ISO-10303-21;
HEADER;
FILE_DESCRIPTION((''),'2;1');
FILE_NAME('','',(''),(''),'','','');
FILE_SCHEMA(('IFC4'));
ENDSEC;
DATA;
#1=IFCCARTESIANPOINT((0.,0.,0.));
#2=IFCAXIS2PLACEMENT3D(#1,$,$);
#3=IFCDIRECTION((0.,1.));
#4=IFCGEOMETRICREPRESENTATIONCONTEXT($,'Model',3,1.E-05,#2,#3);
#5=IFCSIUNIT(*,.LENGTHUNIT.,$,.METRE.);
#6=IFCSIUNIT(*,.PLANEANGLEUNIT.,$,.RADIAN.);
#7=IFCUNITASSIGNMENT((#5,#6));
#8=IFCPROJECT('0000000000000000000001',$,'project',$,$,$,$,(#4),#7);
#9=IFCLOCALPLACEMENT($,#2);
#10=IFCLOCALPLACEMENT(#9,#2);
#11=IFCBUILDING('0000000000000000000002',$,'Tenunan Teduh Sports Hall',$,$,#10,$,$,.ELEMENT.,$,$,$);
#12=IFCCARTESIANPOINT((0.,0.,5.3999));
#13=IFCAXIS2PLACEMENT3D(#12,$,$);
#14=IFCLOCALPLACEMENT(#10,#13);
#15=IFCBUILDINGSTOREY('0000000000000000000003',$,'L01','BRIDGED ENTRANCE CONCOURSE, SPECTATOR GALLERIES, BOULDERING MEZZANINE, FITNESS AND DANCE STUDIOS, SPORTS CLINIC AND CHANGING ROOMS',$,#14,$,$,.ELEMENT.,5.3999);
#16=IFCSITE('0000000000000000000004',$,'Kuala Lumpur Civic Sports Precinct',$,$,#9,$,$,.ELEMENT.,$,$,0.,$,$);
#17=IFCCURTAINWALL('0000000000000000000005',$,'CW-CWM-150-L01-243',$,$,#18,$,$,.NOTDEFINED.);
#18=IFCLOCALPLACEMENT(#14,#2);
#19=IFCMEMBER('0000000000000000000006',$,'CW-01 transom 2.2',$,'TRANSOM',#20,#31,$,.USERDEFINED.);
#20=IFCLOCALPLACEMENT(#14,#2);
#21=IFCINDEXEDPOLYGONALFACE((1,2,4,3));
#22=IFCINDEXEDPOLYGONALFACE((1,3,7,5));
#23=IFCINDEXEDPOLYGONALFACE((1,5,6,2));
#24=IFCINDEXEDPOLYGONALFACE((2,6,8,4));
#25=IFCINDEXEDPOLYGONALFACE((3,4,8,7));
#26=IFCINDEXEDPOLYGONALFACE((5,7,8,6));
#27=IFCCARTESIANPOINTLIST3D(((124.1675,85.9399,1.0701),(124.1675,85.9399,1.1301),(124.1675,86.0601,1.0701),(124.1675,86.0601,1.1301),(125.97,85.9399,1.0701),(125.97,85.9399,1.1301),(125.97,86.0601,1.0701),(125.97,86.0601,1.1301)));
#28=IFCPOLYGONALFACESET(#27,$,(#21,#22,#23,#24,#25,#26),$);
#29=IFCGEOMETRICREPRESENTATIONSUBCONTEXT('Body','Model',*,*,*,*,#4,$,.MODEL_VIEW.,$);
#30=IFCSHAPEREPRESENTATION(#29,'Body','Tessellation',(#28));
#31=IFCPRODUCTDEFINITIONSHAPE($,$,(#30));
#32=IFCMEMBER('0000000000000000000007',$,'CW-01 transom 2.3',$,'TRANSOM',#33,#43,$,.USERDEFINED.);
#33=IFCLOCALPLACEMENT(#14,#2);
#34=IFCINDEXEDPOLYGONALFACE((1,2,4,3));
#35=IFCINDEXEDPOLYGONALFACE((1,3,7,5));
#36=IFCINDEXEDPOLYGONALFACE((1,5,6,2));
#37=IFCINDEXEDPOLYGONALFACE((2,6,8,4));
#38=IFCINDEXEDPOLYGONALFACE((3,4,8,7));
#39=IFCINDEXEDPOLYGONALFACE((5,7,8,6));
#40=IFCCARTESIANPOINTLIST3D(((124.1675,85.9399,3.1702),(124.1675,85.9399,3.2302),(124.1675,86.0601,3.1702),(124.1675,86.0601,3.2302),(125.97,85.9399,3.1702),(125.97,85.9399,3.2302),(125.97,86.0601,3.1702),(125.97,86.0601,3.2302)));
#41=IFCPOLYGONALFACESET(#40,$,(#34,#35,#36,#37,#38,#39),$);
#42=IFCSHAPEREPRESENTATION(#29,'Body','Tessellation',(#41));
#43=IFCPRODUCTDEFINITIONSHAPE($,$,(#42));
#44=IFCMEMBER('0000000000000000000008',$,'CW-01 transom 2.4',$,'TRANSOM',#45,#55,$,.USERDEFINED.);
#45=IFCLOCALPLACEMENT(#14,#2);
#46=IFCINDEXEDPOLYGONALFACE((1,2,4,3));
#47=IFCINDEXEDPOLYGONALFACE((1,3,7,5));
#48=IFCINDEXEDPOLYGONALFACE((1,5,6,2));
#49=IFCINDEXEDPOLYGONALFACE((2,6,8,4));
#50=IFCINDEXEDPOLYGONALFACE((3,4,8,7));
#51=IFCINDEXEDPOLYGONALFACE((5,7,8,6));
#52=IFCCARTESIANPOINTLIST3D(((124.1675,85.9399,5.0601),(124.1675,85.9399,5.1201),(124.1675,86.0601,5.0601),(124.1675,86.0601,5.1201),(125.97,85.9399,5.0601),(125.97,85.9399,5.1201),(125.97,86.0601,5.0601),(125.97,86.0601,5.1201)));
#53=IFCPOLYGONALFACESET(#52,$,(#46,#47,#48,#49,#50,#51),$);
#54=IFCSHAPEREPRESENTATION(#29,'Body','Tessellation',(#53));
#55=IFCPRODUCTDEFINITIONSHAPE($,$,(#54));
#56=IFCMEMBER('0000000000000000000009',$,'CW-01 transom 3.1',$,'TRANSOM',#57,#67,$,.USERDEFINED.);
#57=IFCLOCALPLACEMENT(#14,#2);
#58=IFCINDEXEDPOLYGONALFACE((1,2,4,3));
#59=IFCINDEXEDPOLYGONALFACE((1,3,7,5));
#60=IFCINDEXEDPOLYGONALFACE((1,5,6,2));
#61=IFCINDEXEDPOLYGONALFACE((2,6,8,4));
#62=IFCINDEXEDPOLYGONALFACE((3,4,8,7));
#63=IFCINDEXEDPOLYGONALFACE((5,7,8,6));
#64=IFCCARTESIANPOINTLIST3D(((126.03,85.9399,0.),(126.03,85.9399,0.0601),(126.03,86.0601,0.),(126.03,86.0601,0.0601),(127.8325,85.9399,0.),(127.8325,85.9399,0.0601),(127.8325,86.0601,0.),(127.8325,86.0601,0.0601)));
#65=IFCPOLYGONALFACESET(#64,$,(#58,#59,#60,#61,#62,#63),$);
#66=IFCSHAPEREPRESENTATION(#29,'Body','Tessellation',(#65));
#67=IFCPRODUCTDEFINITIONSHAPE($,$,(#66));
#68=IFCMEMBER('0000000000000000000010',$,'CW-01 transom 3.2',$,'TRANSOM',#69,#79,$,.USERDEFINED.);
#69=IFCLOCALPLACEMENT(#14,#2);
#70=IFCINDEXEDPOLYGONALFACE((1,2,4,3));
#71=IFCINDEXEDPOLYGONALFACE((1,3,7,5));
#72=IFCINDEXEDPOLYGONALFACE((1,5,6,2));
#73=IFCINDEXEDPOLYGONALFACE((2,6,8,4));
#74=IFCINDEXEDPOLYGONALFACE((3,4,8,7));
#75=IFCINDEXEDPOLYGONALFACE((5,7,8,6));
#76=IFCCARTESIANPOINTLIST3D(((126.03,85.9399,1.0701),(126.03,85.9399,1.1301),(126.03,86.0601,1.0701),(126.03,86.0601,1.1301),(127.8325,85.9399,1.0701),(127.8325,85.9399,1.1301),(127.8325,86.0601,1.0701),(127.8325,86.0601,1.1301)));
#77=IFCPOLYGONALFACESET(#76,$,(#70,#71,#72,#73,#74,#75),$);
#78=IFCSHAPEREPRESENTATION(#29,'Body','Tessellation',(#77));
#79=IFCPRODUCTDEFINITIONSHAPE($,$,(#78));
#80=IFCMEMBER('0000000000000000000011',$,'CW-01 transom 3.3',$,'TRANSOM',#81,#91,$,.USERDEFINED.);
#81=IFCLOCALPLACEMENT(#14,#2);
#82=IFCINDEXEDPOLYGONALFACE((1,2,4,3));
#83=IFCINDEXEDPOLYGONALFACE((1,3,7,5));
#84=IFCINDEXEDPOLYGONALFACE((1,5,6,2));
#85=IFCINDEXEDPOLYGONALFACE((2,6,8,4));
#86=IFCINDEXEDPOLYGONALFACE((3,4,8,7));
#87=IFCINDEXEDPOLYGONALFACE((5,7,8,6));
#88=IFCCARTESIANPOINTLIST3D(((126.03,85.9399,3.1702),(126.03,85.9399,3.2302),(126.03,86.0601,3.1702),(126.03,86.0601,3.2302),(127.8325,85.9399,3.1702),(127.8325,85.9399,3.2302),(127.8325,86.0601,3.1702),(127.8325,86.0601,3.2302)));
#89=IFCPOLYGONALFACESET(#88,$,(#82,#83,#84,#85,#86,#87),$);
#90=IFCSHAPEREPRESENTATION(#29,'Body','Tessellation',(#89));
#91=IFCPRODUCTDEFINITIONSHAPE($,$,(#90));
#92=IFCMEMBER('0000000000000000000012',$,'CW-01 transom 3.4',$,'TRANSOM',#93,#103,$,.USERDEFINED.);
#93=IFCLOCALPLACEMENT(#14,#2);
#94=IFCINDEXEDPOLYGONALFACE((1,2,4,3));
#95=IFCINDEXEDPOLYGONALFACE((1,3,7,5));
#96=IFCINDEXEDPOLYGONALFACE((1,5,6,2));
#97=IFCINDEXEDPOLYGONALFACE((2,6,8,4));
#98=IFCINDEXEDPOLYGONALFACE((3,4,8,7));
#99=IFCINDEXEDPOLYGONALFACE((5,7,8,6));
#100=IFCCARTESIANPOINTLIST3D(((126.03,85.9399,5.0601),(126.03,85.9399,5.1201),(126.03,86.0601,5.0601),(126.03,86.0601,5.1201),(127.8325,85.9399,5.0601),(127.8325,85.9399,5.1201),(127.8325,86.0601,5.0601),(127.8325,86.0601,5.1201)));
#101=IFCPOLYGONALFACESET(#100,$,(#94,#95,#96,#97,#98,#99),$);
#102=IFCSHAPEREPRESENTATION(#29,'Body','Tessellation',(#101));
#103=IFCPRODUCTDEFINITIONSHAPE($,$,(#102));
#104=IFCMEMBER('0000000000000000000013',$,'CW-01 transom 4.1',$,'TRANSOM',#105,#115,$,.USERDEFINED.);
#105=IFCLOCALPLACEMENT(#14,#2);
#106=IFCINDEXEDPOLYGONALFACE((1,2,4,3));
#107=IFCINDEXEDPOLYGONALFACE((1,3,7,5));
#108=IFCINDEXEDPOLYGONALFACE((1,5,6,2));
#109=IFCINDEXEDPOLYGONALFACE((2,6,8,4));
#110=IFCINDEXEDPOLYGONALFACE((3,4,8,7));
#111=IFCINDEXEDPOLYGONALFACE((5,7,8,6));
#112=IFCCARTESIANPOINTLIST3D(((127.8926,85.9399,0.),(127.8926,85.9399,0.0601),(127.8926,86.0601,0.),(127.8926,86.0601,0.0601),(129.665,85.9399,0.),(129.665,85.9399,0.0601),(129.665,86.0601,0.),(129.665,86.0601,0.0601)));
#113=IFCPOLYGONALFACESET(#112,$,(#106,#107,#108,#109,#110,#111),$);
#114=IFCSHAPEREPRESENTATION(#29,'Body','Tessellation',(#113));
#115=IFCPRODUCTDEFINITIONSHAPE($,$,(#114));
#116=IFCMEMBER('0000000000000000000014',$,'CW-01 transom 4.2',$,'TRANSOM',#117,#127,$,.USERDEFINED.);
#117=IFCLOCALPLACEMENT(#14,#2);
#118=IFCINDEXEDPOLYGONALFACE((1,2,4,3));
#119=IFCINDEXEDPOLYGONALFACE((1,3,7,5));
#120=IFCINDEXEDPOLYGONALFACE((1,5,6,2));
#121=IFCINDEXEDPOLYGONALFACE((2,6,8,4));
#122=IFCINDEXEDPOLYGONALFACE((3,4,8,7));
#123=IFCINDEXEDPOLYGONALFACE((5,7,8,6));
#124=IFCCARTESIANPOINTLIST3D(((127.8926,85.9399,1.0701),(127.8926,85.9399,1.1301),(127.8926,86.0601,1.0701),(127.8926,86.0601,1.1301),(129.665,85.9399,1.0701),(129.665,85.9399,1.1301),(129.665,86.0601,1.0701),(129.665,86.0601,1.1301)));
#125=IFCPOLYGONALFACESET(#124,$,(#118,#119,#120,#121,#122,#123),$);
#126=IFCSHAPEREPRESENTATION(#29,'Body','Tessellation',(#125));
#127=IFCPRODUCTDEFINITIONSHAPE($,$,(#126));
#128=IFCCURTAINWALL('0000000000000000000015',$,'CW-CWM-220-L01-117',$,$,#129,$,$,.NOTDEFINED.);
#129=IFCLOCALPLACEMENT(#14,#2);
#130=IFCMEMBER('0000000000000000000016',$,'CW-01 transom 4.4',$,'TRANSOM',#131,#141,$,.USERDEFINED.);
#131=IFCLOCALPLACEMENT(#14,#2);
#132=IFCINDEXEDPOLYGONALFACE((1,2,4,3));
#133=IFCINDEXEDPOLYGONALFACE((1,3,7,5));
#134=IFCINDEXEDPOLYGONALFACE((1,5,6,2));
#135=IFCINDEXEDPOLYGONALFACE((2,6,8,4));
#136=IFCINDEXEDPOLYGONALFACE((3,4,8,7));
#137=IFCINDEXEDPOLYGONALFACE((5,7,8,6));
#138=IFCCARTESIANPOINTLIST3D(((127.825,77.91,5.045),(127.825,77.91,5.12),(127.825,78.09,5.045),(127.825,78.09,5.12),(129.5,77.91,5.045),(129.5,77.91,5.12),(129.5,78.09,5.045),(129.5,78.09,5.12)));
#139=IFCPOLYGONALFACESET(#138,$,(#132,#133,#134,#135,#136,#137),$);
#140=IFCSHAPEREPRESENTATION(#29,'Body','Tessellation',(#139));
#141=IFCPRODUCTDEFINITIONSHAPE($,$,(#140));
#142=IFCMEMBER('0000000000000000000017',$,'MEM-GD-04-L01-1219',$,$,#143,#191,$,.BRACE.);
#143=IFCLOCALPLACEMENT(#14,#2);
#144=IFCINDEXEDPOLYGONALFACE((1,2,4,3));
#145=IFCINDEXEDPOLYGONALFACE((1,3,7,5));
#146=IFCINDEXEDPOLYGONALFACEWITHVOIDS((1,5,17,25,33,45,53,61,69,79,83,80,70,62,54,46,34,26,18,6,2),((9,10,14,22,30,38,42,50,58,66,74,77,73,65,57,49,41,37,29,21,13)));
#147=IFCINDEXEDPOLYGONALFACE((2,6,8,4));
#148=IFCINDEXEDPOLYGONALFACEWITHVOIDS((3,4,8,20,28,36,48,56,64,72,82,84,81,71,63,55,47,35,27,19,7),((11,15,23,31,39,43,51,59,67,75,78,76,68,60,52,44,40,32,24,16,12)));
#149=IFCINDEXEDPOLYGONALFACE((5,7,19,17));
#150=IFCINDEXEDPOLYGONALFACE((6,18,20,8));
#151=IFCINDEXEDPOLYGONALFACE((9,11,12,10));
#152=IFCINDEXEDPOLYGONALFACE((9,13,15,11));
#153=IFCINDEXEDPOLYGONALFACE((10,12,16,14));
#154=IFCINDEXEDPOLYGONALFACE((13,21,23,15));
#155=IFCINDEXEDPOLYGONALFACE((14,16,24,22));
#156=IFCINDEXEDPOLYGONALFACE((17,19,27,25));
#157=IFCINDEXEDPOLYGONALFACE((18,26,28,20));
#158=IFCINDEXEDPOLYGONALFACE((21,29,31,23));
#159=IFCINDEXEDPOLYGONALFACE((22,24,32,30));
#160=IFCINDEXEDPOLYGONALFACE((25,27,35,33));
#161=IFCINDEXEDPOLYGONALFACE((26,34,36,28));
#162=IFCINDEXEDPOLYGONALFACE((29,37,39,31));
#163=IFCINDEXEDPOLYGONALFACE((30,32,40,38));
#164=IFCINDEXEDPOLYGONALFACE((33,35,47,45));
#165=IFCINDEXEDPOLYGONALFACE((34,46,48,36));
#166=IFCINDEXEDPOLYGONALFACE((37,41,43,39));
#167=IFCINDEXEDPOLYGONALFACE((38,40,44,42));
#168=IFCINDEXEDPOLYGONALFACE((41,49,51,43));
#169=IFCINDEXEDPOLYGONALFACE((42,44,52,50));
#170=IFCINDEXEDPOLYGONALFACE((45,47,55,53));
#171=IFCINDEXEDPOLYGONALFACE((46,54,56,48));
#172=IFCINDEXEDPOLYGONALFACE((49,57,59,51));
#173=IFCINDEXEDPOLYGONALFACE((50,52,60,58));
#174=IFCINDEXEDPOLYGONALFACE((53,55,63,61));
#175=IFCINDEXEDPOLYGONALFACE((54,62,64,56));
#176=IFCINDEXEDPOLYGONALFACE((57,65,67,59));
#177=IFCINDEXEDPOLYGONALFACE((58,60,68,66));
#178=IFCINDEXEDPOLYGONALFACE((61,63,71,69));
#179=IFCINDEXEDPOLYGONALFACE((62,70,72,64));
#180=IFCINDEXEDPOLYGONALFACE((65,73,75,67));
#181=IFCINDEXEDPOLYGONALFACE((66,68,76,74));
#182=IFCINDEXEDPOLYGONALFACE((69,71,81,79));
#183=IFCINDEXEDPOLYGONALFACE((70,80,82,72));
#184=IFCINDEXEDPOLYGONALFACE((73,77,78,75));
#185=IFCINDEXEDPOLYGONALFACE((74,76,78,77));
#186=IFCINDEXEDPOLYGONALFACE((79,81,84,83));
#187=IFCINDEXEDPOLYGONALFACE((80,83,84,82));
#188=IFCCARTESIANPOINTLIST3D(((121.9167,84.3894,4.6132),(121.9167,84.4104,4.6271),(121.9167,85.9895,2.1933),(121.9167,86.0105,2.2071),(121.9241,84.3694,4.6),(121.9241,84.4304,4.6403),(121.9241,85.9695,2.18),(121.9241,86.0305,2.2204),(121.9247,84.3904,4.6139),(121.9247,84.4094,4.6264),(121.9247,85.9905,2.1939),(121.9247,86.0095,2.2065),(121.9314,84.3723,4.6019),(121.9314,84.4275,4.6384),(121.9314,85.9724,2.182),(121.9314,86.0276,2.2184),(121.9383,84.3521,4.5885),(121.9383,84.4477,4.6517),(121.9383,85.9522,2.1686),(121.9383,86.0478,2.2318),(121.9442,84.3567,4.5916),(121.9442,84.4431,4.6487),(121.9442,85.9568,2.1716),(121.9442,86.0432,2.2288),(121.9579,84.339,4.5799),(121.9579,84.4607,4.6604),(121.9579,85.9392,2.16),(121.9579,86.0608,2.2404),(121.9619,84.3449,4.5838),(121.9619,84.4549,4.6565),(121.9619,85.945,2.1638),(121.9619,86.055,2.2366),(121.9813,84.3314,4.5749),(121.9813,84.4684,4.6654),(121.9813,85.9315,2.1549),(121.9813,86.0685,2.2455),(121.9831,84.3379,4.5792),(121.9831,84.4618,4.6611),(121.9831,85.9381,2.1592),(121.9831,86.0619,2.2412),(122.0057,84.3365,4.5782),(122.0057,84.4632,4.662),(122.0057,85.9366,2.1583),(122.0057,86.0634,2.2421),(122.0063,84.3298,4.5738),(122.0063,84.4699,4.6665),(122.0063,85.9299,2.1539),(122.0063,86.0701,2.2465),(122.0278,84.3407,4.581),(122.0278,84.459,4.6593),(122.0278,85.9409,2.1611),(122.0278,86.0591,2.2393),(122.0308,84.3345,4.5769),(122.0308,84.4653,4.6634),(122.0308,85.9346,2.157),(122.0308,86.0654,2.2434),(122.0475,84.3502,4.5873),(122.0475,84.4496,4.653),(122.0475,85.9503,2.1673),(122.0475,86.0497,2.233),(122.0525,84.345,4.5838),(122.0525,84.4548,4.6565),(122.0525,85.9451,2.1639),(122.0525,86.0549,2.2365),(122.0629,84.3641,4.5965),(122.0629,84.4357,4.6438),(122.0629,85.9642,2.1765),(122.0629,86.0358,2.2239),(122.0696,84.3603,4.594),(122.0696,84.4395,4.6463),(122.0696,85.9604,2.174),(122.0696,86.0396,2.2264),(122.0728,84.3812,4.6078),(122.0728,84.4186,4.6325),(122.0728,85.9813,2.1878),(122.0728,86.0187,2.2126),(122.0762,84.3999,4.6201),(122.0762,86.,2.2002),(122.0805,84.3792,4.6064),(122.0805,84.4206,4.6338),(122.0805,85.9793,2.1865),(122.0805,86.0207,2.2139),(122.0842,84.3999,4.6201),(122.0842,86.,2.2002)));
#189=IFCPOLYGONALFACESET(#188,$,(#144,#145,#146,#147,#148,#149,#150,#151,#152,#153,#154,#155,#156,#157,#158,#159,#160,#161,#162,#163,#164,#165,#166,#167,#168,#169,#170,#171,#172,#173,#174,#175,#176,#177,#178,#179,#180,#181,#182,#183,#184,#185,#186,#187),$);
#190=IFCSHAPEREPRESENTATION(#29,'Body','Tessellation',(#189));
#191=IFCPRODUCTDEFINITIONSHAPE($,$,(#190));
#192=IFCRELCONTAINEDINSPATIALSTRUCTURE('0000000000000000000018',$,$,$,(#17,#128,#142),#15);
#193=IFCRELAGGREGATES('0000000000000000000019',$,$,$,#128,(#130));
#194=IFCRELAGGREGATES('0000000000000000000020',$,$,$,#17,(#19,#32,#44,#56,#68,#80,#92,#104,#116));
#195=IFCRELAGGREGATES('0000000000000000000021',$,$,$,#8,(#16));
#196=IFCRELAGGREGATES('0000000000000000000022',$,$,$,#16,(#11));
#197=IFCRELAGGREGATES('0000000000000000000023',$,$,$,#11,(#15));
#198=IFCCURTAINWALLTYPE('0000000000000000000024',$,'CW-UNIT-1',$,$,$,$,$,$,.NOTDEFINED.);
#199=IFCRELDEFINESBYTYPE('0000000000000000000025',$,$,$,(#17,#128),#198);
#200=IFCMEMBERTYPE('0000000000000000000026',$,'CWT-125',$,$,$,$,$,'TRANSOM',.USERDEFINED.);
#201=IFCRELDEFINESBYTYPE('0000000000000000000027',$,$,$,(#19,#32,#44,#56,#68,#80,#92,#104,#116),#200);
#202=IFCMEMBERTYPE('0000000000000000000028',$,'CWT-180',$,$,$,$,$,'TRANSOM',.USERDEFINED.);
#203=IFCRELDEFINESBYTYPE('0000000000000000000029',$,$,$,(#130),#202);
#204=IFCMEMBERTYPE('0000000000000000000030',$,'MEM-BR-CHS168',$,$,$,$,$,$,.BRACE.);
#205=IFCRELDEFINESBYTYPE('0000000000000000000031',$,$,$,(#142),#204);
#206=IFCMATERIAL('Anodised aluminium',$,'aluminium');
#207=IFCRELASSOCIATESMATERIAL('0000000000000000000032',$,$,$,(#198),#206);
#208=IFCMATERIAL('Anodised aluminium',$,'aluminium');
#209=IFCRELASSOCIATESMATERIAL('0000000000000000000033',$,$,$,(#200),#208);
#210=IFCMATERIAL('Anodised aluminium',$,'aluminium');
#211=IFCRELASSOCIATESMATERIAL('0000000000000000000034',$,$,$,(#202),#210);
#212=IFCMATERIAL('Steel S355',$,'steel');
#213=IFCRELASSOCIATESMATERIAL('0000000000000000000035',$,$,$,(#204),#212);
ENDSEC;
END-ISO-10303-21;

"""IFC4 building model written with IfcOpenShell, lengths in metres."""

from ifc_helpers import new_model, si_unit, direction, frame, origin, origin_2d, place, context, subcontext, project, spatial, rectangle, hollow_circle, extrude, material, material_profile, profile_set, type_object, element, aggregate, save


model = new_model("IFC4")

# Units and contexts
model_context = context("Model", 3, precision=1e-05, world=origin(), true_north=direction((0.0, 1.0)))
body_context = subcontext(model_context, "Body", "Model", "MODEL_VIEW")
ifc_project = project(units=[si_unit("LENGTHUNIT", "METRE"), si_unit("PLANEANGLEUNIT", "RADIAN")], contexts=[model_context])

# Site, building, storey
site_placement = place(None, origin())
site = spatial("IfcSite", under=ifc_project, at=site_placement, Name="Kuala Lumpur Civic Sports Precinct", CompositionType="ELEMENT", RefElevation=0.0)
building_placement = place(site_placement, origin())
building = spatial("IfcBuilding", under=site, at=building_placement, Name="Tenunan Teduh Sports Hall", CompositionType="ELEMENT")
storey_placement = place(building_placement, frame((0.0, 0.0, 5.3999)))
storey = spatial("IfcBuildingStorey", under=building, at=storey_placement, Name="L01", Description="BRIDGED ENTRANCE CONCOURSE, SPECTATOR GALLERIES, BOULDERING MEZZANINE, FITNESS AND DANCE STUDIOS, SPORTS CLINIC AND CHANGING ROOMS", CompositionType="ELEMENT", Elevation=5.3999)

# Curtain wall, members
ifc_material_1 = material(Name="Anodised aluminium", Category="aluminium")
curtain_wall_type = type_object("IfcCurtainWallType", Name="CW-UNIT-1", PredefinedType="NOTDEFINED", material=ifc_material_1)
curtain_wall_1_placement = place(storey_placement, origin())
curtain_wall_1 = element("IfcCurtainWall", 1, at=curtain_wall_1_placement, inside=storey, type_object=curtain_wall_type, Name="CW-CWM-150-L01-243", PredefinedType="NOTDEFINED")
ifc_material_2 = material(Name="Anodised aluminium", Category="aluminium")
ifc_material_profile_1 = material_profile(ifc_material_2, rectangle(XDim=0.0601, YDim=0.1201, at=origin_2d()), Name="CWT 60x120")
ifc_profile_set_1 = profile_set([ifc_material_profile_1], Name="Anodised aluminium")
member_type_1 = type_object("IfcMemberType", Name="CWT-125", ElementType="TRANSOM", PredefinedType="USERDEFINED", material=ifc_profile_set_1)
member_1_placement = place(storey_placement, frame((124.1675, 86.0, 1.1001), z_axis=(1.0, 0.0, 0.0), x_axis=(0.0, 0.0, 1.0)))
member_1 = element("IfcMember", 2, at=member_1_placement, type_object=member_type_1, Name="CW-01 transom 2.2", ObjectType="TRANSOM", PredefinedType="USERDEFINED", context=body_context, shape_type="SweptSolid", body=[
    extrude(rectangle(XDim=0.0601, YDim=0.1201, at=origin_2d()), origin(), (0.0, 0.0, 1.0), 1.8025),
])
member_2_placement = place(storey_placement, frame((124.1675, 86.0, 3.2002), z_axis=(1.0, 0.0, 0.0), x_axis=(0.0, 0.0, 1.0)))
member_2 = element("IfcMember", 3, at=member_2_placement, type_object=member_type_1, Name="CW-01 transom 2.3", ObjectType="TRANSOM", PredefinedType="USERDEFINED", context=body_context, shape_type="SweptSolid", body=[
    extrude(rectangle(XDim=0.0601, YDim=0.1201, at=origin_2d()), origin(), (0.0, 0.0, 1.0), 1.8025),
])
member_3_placement = place(storey_placement, frame((124.1675, 86.0, 5.0901), z_axis=(1.0, 0.0, 0.0), x_axis=(0.0, 0.0, 1.0)))
member_3 = element("IfcMember", 4, at=member_3_placement, type_object=member_type_1, Name="CW-01 transom 2.4", ObjectType="TRANSOM", PredefinedType="USERDEFINED", context=body_context, shape_type="SweptSolid", body=[
    extrude(rectangle(XDim=0.0601, YDim=0.1201, at=origin_2d()), origin(), (0.0, 0.0, 1.0), 1.8025),
])
member_4_placement = place(storey_placement, frame((126.03, 86.0, 0.03), z_axis=(1.0, 0.0, 0.0), x_axis=(0.0, 0.0, 1.0)))
member_4 = element("IfcMember", 5, at=member_4_placement, type_object=member_type_1, Name="CW-01 transom 3.1", ObjectType="TRANSOM", PredefinedType="USERDEFINED", context=body_context, shape_type="SweptSolid", body=[
    extrude(rectangle(XDim=0.0601, YDim=0.1201, at=origin_2d()), origin(), (0.0, 0.0, 1.0), 1.8025),
])
member_5_placement = place(storey_placement, frame((126.03, 86.0, 1.1001), z_axis=(1.0, 0.0, 0.0), x_axis=(0.0, 0.0, 1.0)))
member_5 = element("IfcMember", 6, at=member_5_placement, type_object=member_type_1, Name="CW-01 transom 3.2", ObjectType="TRANSOM", PredefinedType="USERDEFINED", context=body_context, shape_type="SweptSolid", body=[
    extrude(rectangle(XDim=0.0601, YDim=0.1201, at=origin_2d()), origin(), (0.0, 0.0, 1.0), 1.8025),
])
member_6_placement = place(storey_placement, frame((126.03, 86.0, 3.2002), z_axis=(1.0, 0.0, 0.0), x_axis=(0.0, 0.0, 1.0)))
member_6 = element("IfcMember", 7, at=member_6_placement, type_object=member_type_1, Name="CW-01 transom 3.3", ObjectType="TRANSOM", PredefinedType="USERDEFINED", context=body_context, shape_type="SweptSolid", body=[
    extrude(rectangle(XDim=0.0601, YDim=0.1201, at=origin_2d()), origin(), (0.0, 0.0, 1.0), 1.8025),
])
member_7_placement = place(storey_placement, frame((126.03, 86.0, 5.0901), z_axis=(1.0, 0.0, 0.0), x_axis=(0.0, 0.0, 1.0)))
member_7 = element("IfcMember", 8, at=member_7_placement, type_object=member_type_1, Name="CW-01 transom 3.4", ObjectType="TRANSOM", PredefinedType="USERDEFINED", context=body_context, shape_type="SweptSolid", body=[
    extrude(rectangle(XDim=0.0601, YDim=0.1201, at=origin_2d()), origin(), (0.0, 0.0, 1.0), 1.8025),
])
member_8_placement = place(storey_placement, frame((127.8926, 86.0, 0.03), z_axis=(1.0, 0.0, 0.0), x_axis=(0.0, 0.0, 1.0)))
member_8 = element("IfcMember", 9, at=member_8_placement, type_object=member_type_1, Name="CW-01 transom 4.1", ObjectType="TRANSOM", PredefinedType="USERDEFINED", context=body_context, shape_type="SweptSolid", body=[
    extrude(rectangle(XDim=0.0601, YDim=0.1201, at=origin_2d()), origin(), (0.0, 0.0, 1.0), 1.7725),
])
member_9_placement = place(storey_placement, frame((127.8926, 86.0, 1.1001), z_axis=(1.0, 0.0, 0.0), x_axis=(0.0, 0.0, 1.0)))
member_9 = element("IfcMember", 10, at=member_9_placement, type_object=member_type_1, Name="CW-01 transom 4.2", ObjectType="TRANSOM", PredefinedType="USERDEFINED", context=body_context, shape_type="SweptSolid", body=[
    extrude(rectangle(XDim=0.0601, YDim=0.1201, at=origin_2d()), origin(), (0.0, 0.0, 1.0), 1.7725),
])

# Curtain wall, member
curtain_wall_2_placement = place(storey_placement, origin())
curtain_wall_2 = element("IfcCurtainWall", 11, at=curtain_wall_2_placement, inside=storey, type_object=curtain_wall_type, Name="CW-CWM-220-L01-117", PredefinedType="NOTDEFINED")
ifc_material_3 = material(Name="Anodised aluminium", Category="aluminium")
ifc_material_profile_2 = material_profile(ifc_material_3, rectangle(XDim=0.075, YDim=0.1799, at=origin_2d()), Name="CWT 75x180")
ifc_profile_set_2 = profile_set([ifc_material_profile_2], Name="Anodised aluminium")
member_type_2 = type_object("IfcMemberType", Name="CWT-180", ElementType="TRANSOM", PredefinedType="USERDEFINED", material=ifc_profile_set_2)
member_10_placement = place(storey_placement, frame((127.825, 78.0, 5.0825), z_axis=(1.0, 0.0, 0.0), x_axis=(0.0, 0.0, 1.0)))
member_10 = element("IfcMember", 12, at=member_10_placement, type_object=member_type_2, Name="CW-01 transom 4.4", ObjectType="TRANSOM", PredefinedType="USERDEFINED", context=body_context, shape_type="SweptSolid", body=[
    extrude(rectangle(XDim=0.075, YDim=0.1799, at=origin_2d()), origin(), (0.0, 0.0, 1.0), 1.675),
])
aggregate(curtain_wall_2, [member_10])

# Member
ifc_material_4 = material(Name="Steel S355", Category="steel")
ifc_material_profile_3 = material_profile(ifc_material_4, hollow_circle(Radius=0.0842, WallThickness=0.0081, at=origin_2d()), Name="CHS 168.3x8.0")
ifc_profile_set_3 = profile_set([ifc_material_profile_3], Name="Steel S355")
member_type_3 = type_object("IfcMemberType", Name="MEM-BR-CHS168", PredefinedType="BRACE", material=ifc_profile_set_3)
member_11_placement = place(storey_placement, frame((122.0, 86.0, 2.2002), z_axis=(0.0, -0.55155, 0.834142), x_axis=(1.0, 0.0, 0.0)))
element("IfcMember", 13, at=member_11_placement, inside=storey, type_object=member_type_3, Name="MEM-GD-04-L01-1219", PredefinedType="BRACE", context=body_context, shape_type="SweptSolid", body=[
    extrude(hollow_circle(Radius=0.0842, WallThickness=0.0081, at=origin_2d()), origin(), (0.0, 0.0, 1.0), 2.9011),
])

aggregate(curtain_wall_1, [member_1, member_2, member_3, member_4, member_5, member_6, member_7, member_8, member_9])

save(model, "model.ifc")
